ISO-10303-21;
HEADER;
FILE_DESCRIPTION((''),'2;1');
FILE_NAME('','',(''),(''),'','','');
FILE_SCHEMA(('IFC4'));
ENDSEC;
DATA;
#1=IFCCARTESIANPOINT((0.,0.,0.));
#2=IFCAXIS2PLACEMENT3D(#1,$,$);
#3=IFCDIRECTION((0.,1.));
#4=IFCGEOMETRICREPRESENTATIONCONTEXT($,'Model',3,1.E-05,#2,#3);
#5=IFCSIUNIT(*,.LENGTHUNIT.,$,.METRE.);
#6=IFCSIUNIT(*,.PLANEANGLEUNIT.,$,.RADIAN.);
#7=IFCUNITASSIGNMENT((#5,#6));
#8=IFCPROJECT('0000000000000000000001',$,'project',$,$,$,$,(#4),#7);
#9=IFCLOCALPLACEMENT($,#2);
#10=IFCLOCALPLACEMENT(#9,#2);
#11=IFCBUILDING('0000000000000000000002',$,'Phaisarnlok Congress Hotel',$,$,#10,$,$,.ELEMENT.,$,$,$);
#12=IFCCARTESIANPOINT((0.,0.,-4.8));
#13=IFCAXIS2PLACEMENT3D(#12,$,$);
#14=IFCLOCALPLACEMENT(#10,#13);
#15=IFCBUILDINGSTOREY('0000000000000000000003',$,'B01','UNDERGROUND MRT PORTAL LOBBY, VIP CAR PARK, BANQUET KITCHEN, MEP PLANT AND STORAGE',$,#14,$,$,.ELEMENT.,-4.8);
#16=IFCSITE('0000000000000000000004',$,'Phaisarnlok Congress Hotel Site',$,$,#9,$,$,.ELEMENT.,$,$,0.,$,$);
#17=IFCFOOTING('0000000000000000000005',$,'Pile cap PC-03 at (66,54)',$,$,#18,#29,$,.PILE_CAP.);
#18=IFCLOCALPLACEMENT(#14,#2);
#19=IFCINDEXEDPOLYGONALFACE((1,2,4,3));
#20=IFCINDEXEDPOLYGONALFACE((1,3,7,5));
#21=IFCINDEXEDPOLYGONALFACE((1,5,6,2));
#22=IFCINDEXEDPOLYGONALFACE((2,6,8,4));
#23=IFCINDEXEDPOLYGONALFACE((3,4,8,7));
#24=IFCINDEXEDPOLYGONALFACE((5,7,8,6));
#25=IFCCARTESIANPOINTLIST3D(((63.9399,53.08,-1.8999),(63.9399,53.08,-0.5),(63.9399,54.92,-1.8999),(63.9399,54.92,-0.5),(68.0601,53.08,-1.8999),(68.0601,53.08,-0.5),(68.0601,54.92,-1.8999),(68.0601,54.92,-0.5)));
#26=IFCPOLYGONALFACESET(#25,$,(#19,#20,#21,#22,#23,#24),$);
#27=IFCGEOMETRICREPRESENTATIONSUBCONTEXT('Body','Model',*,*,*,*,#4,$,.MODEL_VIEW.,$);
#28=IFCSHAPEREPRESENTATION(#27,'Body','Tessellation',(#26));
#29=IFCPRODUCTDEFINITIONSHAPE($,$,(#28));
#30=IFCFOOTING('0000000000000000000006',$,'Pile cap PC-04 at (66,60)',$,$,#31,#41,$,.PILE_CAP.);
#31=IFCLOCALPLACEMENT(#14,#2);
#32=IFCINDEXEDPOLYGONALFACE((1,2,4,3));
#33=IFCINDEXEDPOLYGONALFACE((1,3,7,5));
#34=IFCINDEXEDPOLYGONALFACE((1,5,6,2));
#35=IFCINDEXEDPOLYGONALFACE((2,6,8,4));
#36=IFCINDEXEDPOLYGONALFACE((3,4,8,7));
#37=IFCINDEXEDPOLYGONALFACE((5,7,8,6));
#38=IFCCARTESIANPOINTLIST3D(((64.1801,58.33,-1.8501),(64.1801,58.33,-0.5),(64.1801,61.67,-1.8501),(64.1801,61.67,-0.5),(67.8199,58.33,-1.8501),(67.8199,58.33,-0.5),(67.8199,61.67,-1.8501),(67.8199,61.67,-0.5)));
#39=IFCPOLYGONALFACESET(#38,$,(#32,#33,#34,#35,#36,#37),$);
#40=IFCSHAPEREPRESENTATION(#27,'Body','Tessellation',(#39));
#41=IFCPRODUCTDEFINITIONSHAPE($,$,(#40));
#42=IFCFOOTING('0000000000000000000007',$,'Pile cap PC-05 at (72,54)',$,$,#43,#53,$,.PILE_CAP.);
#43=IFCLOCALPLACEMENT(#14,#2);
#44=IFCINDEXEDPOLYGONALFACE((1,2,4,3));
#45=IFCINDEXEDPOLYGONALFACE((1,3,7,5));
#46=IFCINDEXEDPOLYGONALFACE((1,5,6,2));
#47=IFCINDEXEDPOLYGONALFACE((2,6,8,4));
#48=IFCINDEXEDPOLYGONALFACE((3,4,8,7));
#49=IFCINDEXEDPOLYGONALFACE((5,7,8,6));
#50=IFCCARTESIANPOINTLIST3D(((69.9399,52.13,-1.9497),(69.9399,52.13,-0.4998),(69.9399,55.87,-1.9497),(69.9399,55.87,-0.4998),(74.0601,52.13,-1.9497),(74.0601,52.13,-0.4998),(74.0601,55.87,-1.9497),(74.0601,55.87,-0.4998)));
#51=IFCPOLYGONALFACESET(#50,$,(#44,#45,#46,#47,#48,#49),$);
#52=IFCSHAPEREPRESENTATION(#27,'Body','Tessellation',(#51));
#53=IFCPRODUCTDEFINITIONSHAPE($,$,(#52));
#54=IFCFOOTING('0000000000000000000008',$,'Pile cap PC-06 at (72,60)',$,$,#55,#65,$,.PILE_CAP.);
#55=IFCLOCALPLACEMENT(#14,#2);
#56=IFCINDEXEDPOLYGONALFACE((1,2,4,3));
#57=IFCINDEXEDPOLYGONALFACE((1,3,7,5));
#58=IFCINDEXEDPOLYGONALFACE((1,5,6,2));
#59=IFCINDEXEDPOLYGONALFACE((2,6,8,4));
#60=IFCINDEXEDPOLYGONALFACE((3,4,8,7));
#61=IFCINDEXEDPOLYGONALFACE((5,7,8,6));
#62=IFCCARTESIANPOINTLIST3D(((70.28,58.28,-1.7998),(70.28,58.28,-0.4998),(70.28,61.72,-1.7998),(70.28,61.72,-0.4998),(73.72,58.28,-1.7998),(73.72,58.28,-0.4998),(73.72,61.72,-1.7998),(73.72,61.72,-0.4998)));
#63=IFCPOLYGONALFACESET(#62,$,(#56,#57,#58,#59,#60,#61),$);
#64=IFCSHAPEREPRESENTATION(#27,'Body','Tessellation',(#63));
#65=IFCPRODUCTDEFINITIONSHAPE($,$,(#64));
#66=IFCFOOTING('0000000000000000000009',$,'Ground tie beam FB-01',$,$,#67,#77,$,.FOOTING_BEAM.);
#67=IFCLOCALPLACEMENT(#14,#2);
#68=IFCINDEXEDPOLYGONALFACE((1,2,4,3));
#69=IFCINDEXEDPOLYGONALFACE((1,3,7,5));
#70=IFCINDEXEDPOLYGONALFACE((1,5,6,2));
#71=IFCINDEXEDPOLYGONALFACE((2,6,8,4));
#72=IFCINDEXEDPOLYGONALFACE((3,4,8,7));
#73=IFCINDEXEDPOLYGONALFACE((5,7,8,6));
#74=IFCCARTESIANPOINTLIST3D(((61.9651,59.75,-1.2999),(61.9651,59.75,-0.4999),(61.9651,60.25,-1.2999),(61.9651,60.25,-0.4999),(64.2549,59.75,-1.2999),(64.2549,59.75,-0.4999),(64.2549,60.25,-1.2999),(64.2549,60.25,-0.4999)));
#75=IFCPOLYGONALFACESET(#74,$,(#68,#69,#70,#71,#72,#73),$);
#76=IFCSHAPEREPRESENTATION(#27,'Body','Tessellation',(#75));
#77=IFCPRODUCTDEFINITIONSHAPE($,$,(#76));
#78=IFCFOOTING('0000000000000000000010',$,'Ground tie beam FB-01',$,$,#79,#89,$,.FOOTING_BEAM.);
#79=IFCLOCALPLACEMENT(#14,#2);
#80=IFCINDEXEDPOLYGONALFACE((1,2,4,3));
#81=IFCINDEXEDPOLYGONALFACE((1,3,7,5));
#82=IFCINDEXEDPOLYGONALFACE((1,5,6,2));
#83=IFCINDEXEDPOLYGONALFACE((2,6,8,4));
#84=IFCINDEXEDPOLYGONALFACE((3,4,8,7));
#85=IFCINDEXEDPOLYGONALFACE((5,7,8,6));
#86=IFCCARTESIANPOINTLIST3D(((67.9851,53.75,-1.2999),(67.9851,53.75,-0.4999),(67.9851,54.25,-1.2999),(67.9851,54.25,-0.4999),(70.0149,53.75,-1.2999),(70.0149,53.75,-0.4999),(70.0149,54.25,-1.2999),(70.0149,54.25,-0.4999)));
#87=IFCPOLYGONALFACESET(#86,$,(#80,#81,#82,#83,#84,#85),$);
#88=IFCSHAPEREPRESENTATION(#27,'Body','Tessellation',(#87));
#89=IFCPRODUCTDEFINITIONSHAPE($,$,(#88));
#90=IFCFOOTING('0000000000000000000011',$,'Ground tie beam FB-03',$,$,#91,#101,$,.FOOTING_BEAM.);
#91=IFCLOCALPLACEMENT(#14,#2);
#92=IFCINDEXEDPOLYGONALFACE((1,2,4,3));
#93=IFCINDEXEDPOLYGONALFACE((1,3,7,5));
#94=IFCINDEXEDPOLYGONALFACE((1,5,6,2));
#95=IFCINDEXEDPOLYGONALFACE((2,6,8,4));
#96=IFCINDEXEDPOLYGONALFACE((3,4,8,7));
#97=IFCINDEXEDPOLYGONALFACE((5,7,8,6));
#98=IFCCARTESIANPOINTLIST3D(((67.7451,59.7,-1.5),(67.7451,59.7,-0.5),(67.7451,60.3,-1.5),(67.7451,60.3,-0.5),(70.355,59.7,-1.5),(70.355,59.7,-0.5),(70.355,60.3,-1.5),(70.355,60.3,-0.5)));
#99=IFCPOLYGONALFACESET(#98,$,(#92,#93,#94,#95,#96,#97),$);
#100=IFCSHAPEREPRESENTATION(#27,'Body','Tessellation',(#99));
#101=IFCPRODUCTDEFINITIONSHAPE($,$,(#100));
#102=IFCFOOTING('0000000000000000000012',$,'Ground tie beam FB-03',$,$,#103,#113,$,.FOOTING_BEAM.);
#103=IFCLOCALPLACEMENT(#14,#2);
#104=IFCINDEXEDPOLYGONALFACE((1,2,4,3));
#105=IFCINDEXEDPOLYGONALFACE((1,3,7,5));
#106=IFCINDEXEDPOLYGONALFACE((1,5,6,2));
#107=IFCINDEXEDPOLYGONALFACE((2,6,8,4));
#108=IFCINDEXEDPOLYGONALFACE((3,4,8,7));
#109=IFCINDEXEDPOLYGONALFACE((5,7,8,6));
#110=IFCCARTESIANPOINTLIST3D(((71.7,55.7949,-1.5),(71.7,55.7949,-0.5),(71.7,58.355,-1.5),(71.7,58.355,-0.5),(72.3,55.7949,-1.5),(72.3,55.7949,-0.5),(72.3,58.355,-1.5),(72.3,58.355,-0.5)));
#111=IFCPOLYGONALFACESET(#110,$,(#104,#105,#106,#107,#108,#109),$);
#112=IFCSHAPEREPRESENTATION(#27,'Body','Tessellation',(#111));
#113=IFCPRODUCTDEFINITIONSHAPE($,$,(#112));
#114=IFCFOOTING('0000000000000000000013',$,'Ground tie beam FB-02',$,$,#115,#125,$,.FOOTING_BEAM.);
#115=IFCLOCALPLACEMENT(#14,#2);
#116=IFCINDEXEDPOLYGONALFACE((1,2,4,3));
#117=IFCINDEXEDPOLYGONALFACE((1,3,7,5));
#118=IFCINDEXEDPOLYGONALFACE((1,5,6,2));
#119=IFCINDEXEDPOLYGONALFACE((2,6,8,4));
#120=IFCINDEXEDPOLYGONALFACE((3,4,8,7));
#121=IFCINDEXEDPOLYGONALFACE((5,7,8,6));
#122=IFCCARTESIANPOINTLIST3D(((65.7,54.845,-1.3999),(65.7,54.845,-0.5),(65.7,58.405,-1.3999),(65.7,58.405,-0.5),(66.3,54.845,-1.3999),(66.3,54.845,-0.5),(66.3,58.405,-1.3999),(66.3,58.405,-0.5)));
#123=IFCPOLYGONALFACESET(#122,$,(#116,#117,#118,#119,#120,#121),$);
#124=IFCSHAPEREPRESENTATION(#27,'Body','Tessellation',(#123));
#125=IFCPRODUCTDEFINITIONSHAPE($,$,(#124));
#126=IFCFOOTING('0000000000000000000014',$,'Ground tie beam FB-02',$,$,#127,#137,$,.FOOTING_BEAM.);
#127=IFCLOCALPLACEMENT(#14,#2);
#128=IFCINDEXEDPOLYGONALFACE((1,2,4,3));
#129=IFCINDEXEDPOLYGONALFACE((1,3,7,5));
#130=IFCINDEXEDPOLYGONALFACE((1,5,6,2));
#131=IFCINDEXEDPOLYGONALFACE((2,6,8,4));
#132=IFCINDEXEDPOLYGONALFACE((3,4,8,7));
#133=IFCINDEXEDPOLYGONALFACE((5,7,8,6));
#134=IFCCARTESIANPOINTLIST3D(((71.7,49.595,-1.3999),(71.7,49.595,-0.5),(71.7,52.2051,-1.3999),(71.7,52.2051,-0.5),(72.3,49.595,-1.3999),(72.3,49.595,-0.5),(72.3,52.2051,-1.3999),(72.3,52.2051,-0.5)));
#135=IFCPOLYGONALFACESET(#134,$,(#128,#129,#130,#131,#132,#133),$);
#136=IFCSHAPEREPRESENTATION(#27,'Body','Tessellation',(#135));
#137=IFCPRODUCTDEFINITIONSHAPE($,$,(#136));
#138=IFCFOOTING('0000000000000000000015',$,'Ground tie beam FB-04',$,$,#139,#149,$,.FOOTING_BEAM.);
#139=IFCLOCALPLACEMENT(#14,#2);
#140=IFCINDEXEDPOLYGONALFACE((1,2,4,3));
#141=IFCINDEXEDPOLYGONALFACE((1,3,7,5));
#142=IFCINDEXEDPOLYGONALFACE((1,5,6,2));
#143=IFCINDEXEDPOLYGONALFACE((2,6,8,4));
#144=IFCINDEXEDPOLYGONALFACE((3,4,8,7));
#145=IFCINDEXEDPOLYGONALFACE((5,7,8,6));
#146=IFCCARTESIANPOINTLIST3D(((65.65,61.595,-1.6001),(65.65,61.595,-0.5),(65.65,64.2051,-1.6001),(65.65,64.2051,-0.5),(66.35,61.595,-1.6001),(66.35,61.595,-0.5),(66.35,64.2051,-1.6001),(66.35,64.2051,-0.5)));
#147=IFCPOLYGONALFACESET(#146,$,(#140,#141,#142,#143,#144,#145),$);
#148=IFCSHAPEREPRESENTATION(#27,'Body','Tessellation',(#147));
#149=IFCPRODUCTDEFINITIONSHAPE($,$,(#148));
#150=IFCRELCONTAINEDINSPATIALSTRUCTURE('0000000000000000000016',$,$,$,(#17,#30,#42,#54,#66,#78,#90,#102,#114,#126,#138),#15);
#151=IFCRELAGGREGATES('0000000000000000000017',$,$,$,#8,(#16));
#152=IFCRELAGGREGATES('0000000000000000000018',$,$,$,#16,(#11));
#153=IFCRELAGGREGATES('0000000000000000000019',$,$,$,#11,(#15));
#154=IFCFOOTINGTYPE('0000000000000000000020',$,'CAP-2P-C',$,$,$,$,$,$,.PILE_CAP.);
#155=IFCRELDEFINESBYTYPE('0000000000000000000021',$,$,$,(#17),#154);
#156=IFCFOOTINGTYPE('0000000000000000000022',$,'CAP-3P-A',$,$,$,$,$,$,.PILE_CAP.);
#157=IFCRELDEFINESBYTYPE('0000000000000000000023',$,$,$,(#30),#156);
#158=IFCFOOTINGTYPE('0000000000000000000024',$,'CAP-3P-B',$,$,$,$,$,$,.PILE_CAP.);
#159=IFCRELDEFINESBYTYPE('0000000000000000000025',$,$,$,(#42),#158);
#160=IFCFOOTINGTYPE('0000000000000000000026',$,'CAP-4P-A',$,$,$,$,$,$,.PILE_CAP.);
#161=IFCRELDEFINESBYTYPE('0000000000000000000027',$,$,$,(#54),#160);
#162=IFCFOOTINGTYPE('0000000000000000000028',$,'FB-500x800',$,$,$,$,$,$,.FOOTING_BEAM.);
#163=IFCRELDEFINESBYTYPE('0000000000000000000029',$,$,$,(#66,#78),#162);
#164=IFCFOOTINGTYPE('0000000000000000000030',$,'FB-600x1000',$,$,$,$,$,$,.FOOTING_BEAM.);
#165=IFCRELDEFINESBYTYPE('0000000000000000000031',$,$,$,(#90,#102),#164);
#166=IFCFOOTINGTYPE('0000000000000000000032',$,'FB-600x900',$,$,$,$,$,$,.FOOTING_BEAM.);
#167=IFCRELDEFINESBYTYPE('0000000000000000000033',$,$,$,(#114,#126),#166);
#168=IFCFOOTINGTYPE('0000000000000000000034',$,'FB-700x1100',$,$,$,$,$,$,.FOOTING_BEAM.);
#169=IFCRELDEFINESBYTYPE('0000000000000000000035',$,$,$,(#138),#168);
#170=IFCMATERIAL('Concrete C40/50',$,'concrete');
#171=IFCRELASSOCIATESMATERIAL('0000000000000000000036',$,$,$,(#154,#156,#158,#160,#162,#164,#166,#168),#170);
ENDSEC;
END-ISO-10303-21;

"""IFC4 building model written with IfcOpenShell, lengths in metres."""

from ifc_helpers import new_model, si_unit, direction, frame, origin, origin_2d, place, context, subcontext, project, spatial, rectangle, extrude, material, material_profile, profile_set, type_object, element, save


model = new_model("IFC4")

# Units and contexts
model_context = context("Model", 3, precision=1e-05, world=origin(), true_north=direction((0.0, 1.0)))
body_context = subcontext(model_context, "Body", "Model", "MODEL_VIEW")
ifc_project = project(units=[si_unit("LENGTHUNIT", "METRE"), si_unit("PLANEANGLEUNIT", "RADIAN")], contexts=[model_context])

# Site, building, storey
site_placement = place(None, origin())
site = spatial("IfcSite", under=ifc_project, at=site_placement, Name="Phaisarnlok Congress Hotel Site", CompositionType="ELEMENT", RefElevation=0.0)
building_placement = place(site_placement, origin())
building = spatial("IfcBuilding", under=site, at=building_placement, Name="Phaisarnlok Congress Hotel", CompositionType="ELEMENT")
storey_placement = place(building_placement, frame((0.0, 0.0, -4.8)))
storey = spatial("IfcBuildingStorey", under=building, at=storey_placement, Name="B01", Description="UNDERGROUND MRT PORTAL LOBBY, VIP CAR PARK, BANQUET KITCHEN, MEP PLANT AND STORAGE", CompositionType="ELEMENT", Elevation=-4.8)

# Footings
ifc_material_1 = material(Name="Concrete C40/50", Category="concrete")
footing_type_1 = type_object("IfcFootingType", Name="CAP-2P-C", PredefinedType="PILE_CAP", material=ifc_material_1)
footing_1_placement = place(storey_placement, frame((66.0, 54.0, -1.8999), z_axis=(0.0, 0.0, 1.0), x_axis=(1.0, 0.0, 0.0)))
element("IfcFooting", 1, at=footing_1_placement, inside=storey, type_object=footing_type_1, Name="Pile cap PC-03 at (66,54)", PredefinedType="PILE_CAP", context=body_context, shape_type="SweptSolid", body=[
    extrude(rectangle(XDim=4.1201, YDim=1.8401, at=origin_2d()), origin(), (0.0, 0.0, 1.0), 1.3999),
])
footing_type_2 = type_object("IfcFootingType", Name="CAP-3P-A", PredefinedType="PILE_CAP", material=ifc_material_1)
footing_2_placement = place(storey_placement, frame((66.0, 60.0, -1.8501), z_axis=(0.0, 0.0, 1.0), x_axis=(1.0, 0.0, 0.0)))
element("IfcFooting", 2, at=footing_2_placement, inside=storey, type_object=footing_type_2, Name="Pile cap PC-04 at (66,60)", PredefinedType="PILE_CAP", context=body_context, shape_type="SweptSolid", body=[
    extrude(rectangle(XDim=3.6399, YDim=3.3401, at=origin_2d()), origin(), (0.0, 0.0, 1.0), 1.3501),
])
footing_type_3 = type_object("IfcFootingType", Name="CAP-3P-B", PredefinedType="PILE_CAP", material=ifc_material_1)
footing_3_placement = place(storey_placement, frame((72.0, 54.0, -1.9497), z_axis=(0.0, 0.0, 1.0), x_axis=(1.0, 0.0, 0.0)))
element("IfcFooting", 3, at=footing_3_placement, inside=storey, type_object=footing_type_3, Name="Pile cap PC-05 at (72,54)", PredefinedType="PILE_CAP", context=body_context, shape_type="SweptSolid", body=[
    extrude(rectangle(XDim=4.1201, YDim=3.74, at=origin_2d()), origin(), (0.0, 0.0, 1.0), 1.45),
])
footing_type_4 = type_object("IfcFootingType", Name="CAP-4P-A", PredefinedType="PILE_CAP", material=ifc_material_1)
footing_4_placement = place(storey_placement, frame((72.0, 60.0, -1.7998), z_axis=(0.0, 0.0, 1.0), x_axis=(1.0, 0.0, 0.0)))
element("IfcFooting", 4, at=footing_4_placement, inside=storey, type_object=footing_type_4, Name="Pile cap PC-06 at (72,60)", PredefinedType="PILE_CAP", context=body_context, shape_type="SweptSolid", body=[
    extrude(rectangle(XDim=3.4399, YDim=3.4399, at=origin_2d()), origin(), (0.0, 0.0, 1.0), 1.3),
])
ifc_material_profile_1 = material_profile(ifc_material_1, rectangle(XDim=0.5, YDim=0.8, at=origin_2d()), Name="FB-500x800")
ifc_profile_set_1 = profile_set([ifc_material_profile_1], Name="Concrete C40/50")
footing_type_5 = type_object("IfcFootingType", Name="FB-500x800", PredefinedType="FOOTING_BEAM", material=ifc_profile_set_1)
footing_5_placement = place(storey_placement, frame((61.9651, 60.0, -0.8999), z_axis=(1.0, 0.0, 0.0), x_axis=(0.0, 1.0, 0.0)))
element("IfcFooting", 5, at=footing_5_placement, inside=storey, type_object=footing_type_5, Name="Ground tie beam FB-01", PredefinedType="FOOTING_BEAM", context=body_context, shape_type="SweptSolid", body=[
    extrude(rectangle(XDim=0.5, YDim=0.8, at=origin_2d()), origin(), (0.0, 0.0, 1.0), 2.2898),
])
footing_6_placement = place(storey_placement, frame((67.9851, 54.0, -0.8999), z_axis=(1.0, 0.0, 0.0), x_axis=(0.0, 1.0, 0.0)))
element("IfcFooting", 6, at=footing_6_placement, inside=storey, type_object=footing_type_5, Name="Ground tie beam FB-01", PredefinedType="FOOTING_BEAM", context=body_context, shape_type="SweptSolid", body=[
    extrude(rectangle(XDim=0.5, YDim=0.8, at=origin_2d()), origin(), (0.0, 0.0, 1.0), 2.0298),
])
ifc_material_profile_2 = material_profile(ifc_material_1, rectangle(XDim=0.6001, YDim=1.0, at=origin_2d()), Name="FB-600x1000")
ifc_profile_set_2 = profile_set([ifc_material_profile_2], Name="Concrete C40/50")
footing_type_6 = type_object("IfcFootingType", Name="FB-600x1000", PredefinedType="FOOTING_BEAM", material=ifc_profile_set_2)
footing_7_placement = place(storey_placement, frame((67.7451, 60.0, -1.0), z_axis=(1.0, 0.0, 0.0), x_axis=(0.0, 1.0, 0.0)))
element("IfcFooting", 7, at=footing_7_placement, inside=storey, type_object=footing_type_6, Name="Ground tie beam FB-03", PredefinedType="FOOTING_BEAM", context=body_context, shape_type="SweptSolid", body=[
    extrude(rectangle(XDim=0.6001, YDim=1.0, at=origin_2d()), origin(), (0.0, 0.0, 1.0), 2.6099),
])
footing_8_placement = place(storey_placement, frame((72.0, 55.7949, -1.0), z_axis=(0.0, 1.0, 0.0), x_axis=(-1.0, 0.0, 0.0)))
element("IfcFooting", 8, at=footing_8_placement, inside=storey, type_object=footing_type_6, Name="Ground tie beam FB-03", PredefinedType="FOOTING_BEAM", context=body_context, shape_type="SweptSolid", body=[
    extrude(rectangle(XDim=0.6001, YDim=1.0, at=origin_2d()), origin(), (0.0, 0.0, 1.0), 2.5601),
])
ifc_material_profile_3 = material_profile(ifc_material_1, rectangle(XDim=0.6001, YDim=0.8999, at=origin_2d()), Name="FB-600x900")
ifc_profile_set_3 = profile_set([ifc_material_profile_3], Name="Concrete C40/50")
footing_type_7 = type_object("IfcFootingType", Name="FB-600x900", PredefinedType="FOOTING_BEAM", material=ifc_profile_set_3)
footing_9_placement = place(storey_placement, frame((66.0, 54.845, -0.95), z_axis=(0.0, 1.0, 0.0), x_axis=(-1.0, 0.0, 0.0)))
element("IfcFooting", 9, at=footing_9_placement, inside=storey, type_object=footing_type_7, Name="Ground tie beam FB-02", PredefinedType="FOOTING_BEAM", context=body_context, shape_type="SweptSolid", body=[
    extrude(rectangle(XDim=0.6001, YDim=0.8999, at=origin_2d()), origin(), (0.0, 0.0, 1.0), 3.5601),
])
footing_10_placement = place(storey_placement, frame((72.0, 49.595, -0.95), z_axis=(0.0, 1.0, 0.0), x_axis=(-1.0, 0.0, 0.0)))
element("IfcFooting", 10, at=footing_10_placement, inside=storey, type_object=footing_type_7, Name="Ground tie beam FB-02", PredefinedType="FOOTING_BEAM", context=body_context, shape_type="SweptSolid", body=[
    extrude(rectangle(XDim=0.6001, YDim=0.8999, at=origin_2d()), origin(), (0.0, 0.0, 1.0), 2.6101),
])
ifc_material_profile_4 = material_profile(ifc_material_1, rectangle(XDim=0.7, YDim=1.1001, at=origin_2d()), Name="FB-700x1100")
ifc_profile_set_4 = profile_set([ifc_material_profile_4], Name="Concrete C40/50")
footing_type_8 = type_object("IfcFootingType", Name="FB-700x1100", PredefinedType="FOOTING_BEAM", material=ifc_profile_set_4)
footing_11_placement = place(storey_placement, frame((66.0, 61.595, -1.05), z_axis=(0.0, 1.0, 0.0), x_axis=(-1.0, 0.0, 0.0)))
element("IfcFooting", 11, at=footing_11_placement, inside=storey, type_object=footing_type_8, Name="Ground tie beam FB-04", PredefinedType="FOOTING_BEAM", context=body_context, shape_type="SweptSolid", body=[
    extrude(rectangle(XDim=0.7, YDim=1.1001, at=origin_2d()), origin(), (0.0, 0.0, 1.0), 2.6101),
])

save(model, "model.ifc")
